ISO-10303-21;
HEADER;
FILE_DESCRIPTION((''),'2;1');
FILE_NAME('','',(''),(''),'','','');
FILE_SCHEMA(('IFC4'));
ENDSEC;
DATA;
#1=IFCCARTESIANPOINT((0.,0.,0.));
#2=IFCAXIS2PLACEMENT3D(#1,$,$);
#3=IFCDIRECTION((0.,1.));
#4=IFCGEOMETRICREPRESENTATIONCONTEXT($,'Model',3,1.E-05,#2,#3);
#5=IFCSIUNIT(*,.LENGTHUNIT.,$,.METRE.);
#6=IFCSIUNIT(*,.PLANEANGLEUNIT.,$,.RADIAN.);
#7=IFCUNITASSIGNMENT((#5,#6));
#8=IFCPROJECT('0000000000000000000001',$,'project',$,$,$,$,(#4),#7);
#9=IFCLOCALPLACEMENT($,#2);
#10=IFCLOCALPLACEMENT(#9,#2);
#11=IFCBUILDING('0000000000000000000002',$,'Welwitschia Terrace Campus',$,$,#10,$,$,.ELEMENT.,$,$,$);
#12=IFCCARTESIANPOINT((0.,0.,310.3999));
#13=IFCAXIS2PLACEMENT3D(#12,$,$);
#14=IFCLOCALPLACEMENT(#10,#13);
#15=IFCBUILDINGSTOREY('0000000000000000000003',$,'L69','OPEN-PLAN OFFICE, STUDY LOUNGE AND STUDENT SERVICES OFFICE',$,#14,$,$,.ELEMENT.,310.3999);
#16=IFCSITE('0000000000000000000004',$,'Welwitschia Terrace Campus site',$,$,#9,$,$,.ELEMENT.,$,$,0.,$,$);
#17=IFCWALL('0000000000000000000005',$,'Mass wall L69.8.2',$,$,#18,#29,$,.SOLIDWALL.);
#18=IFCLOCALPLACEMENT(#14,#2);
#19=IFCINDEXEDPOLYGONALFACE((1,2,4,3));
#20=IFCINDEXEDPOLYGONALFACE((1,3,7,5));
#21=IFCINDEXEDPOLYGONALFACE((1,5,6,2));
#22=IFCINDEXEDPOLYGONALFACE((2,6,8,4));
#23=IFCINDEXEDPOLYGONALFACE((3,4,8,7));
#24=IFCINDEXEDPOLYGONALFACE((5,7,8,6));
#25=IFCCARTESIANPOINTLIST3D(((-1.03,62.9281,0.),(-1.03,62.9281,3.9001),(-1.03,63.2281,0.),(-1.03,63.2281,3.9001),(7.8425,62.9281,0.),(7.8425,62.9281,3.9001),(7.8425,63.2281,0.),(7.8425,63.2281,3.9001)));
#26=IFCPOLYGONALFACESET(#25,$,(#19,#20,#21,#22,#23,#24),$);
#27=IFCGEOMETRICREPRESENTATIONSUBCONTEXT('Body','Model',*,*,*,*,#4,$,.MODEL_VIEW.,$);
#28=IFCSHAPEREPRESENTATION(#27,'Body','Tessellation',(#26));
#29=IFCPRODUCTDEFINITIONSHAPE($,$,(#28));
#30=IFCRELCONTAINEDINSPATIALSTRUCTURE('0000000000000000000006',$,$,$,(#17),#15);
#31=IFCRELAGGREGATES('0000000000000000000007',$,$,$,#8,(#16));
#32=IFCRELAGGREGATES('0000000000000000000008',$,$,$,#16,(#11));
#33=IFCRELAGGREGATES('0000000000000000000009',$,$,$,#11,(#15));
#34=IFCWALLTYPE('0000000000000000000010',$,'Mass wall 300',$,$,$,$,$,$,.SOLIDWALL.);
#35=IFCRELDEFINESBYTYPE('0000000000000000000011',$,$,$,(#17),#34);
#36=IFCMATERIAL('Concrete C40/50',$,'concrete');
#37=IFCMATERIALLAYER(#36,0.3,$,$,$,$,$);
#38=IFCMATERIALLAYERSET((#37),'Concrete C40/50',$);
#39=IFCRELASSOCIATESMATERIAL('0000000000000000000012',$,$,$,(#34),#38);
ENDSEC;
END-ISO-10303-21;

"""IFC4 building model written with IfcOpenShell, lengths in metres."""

from ifc_helpers import new_model, si_unit, direction, frame, frame_2d, origin, place, context, subcontext, project, spatial, rectangle, extrude, material, layer, layer_set, type_object, element, save


model = new_model("IFC4")

# Units and contexts
model_context = context("Model", 3, precision=1e-05, world=origin(), true_north=direction((0.0, 1.0)))
body_context = subcontext(model_context, "Body", "Model", "MODEL_VIEW")
ifc_project = project(units=[si_unit("LENGTHUNIT", "METRE"), si_unit("PLANEANGLEUNIT", "RADIAN")], contexts=[model_context])

# Site, building, storey
site_placement = place(None, origin())
site = spatial("IfcSite", under=ifc_project, at=site_placement, Name="Welwitschia Terrace Campus site", CompositionType="ELEMENT", RefElevation=0.0)
building_placement = place(site_placement, origin())
building = spatial("IfcBuilding", under=site, at=building_placement, Name="Welwitschia Terrace Campus", CompositionType="ELEMENT")
storey_placement = place(building_placement, frame((0.0, 0.0, 310.3999)))
storey = spatial("IfcBuildingStorey", under=building, at=storey_placement, Name="L69", Description="OPEN-PLAN OFFICE, STUDY LOUNGE AND STUDENT SERVICES OFFICE", CompositionType="ELEMENT", Elevation=310.3999)

# Wall
ifc_material_1 = material(Name="Concrete C40/50", Category="concrete")
ifc_layer_1 = layer(ifc_material_1, 0.3)
ifc_layer_set_1 = layer_set([ifc_layer_1], Name="Concrete C40/50")
wall_type_1 = type_object("IfcWallType", Name="Mass wall 300", PredefinedType="SOLIDWALL", material=ifc_layer_set_1)
wall_1_placement = place(storey_placement, frame((7.8425, 63.0781, 0.0), z_axis=(0.0, 0.0, 1.0), x_axis=(-1.0, 0.0, 0.0)))
element("IfcWall", 1, at=wall_1_placement, inside=storey, type_object=wall_type_1, Name="Mass wall L69.8.2", PredefinedType="SOLIDWALL", context=body_context, shape_type="SweptSolid", body=[
    extrude(rectangle(XDim=8.8726, YDim=0.3, at=frame_2d((4.4363, 0.0))), origin(), (0.0, 0.0, 1.0), 3.9001),
])

save(model, "model.ifc")
